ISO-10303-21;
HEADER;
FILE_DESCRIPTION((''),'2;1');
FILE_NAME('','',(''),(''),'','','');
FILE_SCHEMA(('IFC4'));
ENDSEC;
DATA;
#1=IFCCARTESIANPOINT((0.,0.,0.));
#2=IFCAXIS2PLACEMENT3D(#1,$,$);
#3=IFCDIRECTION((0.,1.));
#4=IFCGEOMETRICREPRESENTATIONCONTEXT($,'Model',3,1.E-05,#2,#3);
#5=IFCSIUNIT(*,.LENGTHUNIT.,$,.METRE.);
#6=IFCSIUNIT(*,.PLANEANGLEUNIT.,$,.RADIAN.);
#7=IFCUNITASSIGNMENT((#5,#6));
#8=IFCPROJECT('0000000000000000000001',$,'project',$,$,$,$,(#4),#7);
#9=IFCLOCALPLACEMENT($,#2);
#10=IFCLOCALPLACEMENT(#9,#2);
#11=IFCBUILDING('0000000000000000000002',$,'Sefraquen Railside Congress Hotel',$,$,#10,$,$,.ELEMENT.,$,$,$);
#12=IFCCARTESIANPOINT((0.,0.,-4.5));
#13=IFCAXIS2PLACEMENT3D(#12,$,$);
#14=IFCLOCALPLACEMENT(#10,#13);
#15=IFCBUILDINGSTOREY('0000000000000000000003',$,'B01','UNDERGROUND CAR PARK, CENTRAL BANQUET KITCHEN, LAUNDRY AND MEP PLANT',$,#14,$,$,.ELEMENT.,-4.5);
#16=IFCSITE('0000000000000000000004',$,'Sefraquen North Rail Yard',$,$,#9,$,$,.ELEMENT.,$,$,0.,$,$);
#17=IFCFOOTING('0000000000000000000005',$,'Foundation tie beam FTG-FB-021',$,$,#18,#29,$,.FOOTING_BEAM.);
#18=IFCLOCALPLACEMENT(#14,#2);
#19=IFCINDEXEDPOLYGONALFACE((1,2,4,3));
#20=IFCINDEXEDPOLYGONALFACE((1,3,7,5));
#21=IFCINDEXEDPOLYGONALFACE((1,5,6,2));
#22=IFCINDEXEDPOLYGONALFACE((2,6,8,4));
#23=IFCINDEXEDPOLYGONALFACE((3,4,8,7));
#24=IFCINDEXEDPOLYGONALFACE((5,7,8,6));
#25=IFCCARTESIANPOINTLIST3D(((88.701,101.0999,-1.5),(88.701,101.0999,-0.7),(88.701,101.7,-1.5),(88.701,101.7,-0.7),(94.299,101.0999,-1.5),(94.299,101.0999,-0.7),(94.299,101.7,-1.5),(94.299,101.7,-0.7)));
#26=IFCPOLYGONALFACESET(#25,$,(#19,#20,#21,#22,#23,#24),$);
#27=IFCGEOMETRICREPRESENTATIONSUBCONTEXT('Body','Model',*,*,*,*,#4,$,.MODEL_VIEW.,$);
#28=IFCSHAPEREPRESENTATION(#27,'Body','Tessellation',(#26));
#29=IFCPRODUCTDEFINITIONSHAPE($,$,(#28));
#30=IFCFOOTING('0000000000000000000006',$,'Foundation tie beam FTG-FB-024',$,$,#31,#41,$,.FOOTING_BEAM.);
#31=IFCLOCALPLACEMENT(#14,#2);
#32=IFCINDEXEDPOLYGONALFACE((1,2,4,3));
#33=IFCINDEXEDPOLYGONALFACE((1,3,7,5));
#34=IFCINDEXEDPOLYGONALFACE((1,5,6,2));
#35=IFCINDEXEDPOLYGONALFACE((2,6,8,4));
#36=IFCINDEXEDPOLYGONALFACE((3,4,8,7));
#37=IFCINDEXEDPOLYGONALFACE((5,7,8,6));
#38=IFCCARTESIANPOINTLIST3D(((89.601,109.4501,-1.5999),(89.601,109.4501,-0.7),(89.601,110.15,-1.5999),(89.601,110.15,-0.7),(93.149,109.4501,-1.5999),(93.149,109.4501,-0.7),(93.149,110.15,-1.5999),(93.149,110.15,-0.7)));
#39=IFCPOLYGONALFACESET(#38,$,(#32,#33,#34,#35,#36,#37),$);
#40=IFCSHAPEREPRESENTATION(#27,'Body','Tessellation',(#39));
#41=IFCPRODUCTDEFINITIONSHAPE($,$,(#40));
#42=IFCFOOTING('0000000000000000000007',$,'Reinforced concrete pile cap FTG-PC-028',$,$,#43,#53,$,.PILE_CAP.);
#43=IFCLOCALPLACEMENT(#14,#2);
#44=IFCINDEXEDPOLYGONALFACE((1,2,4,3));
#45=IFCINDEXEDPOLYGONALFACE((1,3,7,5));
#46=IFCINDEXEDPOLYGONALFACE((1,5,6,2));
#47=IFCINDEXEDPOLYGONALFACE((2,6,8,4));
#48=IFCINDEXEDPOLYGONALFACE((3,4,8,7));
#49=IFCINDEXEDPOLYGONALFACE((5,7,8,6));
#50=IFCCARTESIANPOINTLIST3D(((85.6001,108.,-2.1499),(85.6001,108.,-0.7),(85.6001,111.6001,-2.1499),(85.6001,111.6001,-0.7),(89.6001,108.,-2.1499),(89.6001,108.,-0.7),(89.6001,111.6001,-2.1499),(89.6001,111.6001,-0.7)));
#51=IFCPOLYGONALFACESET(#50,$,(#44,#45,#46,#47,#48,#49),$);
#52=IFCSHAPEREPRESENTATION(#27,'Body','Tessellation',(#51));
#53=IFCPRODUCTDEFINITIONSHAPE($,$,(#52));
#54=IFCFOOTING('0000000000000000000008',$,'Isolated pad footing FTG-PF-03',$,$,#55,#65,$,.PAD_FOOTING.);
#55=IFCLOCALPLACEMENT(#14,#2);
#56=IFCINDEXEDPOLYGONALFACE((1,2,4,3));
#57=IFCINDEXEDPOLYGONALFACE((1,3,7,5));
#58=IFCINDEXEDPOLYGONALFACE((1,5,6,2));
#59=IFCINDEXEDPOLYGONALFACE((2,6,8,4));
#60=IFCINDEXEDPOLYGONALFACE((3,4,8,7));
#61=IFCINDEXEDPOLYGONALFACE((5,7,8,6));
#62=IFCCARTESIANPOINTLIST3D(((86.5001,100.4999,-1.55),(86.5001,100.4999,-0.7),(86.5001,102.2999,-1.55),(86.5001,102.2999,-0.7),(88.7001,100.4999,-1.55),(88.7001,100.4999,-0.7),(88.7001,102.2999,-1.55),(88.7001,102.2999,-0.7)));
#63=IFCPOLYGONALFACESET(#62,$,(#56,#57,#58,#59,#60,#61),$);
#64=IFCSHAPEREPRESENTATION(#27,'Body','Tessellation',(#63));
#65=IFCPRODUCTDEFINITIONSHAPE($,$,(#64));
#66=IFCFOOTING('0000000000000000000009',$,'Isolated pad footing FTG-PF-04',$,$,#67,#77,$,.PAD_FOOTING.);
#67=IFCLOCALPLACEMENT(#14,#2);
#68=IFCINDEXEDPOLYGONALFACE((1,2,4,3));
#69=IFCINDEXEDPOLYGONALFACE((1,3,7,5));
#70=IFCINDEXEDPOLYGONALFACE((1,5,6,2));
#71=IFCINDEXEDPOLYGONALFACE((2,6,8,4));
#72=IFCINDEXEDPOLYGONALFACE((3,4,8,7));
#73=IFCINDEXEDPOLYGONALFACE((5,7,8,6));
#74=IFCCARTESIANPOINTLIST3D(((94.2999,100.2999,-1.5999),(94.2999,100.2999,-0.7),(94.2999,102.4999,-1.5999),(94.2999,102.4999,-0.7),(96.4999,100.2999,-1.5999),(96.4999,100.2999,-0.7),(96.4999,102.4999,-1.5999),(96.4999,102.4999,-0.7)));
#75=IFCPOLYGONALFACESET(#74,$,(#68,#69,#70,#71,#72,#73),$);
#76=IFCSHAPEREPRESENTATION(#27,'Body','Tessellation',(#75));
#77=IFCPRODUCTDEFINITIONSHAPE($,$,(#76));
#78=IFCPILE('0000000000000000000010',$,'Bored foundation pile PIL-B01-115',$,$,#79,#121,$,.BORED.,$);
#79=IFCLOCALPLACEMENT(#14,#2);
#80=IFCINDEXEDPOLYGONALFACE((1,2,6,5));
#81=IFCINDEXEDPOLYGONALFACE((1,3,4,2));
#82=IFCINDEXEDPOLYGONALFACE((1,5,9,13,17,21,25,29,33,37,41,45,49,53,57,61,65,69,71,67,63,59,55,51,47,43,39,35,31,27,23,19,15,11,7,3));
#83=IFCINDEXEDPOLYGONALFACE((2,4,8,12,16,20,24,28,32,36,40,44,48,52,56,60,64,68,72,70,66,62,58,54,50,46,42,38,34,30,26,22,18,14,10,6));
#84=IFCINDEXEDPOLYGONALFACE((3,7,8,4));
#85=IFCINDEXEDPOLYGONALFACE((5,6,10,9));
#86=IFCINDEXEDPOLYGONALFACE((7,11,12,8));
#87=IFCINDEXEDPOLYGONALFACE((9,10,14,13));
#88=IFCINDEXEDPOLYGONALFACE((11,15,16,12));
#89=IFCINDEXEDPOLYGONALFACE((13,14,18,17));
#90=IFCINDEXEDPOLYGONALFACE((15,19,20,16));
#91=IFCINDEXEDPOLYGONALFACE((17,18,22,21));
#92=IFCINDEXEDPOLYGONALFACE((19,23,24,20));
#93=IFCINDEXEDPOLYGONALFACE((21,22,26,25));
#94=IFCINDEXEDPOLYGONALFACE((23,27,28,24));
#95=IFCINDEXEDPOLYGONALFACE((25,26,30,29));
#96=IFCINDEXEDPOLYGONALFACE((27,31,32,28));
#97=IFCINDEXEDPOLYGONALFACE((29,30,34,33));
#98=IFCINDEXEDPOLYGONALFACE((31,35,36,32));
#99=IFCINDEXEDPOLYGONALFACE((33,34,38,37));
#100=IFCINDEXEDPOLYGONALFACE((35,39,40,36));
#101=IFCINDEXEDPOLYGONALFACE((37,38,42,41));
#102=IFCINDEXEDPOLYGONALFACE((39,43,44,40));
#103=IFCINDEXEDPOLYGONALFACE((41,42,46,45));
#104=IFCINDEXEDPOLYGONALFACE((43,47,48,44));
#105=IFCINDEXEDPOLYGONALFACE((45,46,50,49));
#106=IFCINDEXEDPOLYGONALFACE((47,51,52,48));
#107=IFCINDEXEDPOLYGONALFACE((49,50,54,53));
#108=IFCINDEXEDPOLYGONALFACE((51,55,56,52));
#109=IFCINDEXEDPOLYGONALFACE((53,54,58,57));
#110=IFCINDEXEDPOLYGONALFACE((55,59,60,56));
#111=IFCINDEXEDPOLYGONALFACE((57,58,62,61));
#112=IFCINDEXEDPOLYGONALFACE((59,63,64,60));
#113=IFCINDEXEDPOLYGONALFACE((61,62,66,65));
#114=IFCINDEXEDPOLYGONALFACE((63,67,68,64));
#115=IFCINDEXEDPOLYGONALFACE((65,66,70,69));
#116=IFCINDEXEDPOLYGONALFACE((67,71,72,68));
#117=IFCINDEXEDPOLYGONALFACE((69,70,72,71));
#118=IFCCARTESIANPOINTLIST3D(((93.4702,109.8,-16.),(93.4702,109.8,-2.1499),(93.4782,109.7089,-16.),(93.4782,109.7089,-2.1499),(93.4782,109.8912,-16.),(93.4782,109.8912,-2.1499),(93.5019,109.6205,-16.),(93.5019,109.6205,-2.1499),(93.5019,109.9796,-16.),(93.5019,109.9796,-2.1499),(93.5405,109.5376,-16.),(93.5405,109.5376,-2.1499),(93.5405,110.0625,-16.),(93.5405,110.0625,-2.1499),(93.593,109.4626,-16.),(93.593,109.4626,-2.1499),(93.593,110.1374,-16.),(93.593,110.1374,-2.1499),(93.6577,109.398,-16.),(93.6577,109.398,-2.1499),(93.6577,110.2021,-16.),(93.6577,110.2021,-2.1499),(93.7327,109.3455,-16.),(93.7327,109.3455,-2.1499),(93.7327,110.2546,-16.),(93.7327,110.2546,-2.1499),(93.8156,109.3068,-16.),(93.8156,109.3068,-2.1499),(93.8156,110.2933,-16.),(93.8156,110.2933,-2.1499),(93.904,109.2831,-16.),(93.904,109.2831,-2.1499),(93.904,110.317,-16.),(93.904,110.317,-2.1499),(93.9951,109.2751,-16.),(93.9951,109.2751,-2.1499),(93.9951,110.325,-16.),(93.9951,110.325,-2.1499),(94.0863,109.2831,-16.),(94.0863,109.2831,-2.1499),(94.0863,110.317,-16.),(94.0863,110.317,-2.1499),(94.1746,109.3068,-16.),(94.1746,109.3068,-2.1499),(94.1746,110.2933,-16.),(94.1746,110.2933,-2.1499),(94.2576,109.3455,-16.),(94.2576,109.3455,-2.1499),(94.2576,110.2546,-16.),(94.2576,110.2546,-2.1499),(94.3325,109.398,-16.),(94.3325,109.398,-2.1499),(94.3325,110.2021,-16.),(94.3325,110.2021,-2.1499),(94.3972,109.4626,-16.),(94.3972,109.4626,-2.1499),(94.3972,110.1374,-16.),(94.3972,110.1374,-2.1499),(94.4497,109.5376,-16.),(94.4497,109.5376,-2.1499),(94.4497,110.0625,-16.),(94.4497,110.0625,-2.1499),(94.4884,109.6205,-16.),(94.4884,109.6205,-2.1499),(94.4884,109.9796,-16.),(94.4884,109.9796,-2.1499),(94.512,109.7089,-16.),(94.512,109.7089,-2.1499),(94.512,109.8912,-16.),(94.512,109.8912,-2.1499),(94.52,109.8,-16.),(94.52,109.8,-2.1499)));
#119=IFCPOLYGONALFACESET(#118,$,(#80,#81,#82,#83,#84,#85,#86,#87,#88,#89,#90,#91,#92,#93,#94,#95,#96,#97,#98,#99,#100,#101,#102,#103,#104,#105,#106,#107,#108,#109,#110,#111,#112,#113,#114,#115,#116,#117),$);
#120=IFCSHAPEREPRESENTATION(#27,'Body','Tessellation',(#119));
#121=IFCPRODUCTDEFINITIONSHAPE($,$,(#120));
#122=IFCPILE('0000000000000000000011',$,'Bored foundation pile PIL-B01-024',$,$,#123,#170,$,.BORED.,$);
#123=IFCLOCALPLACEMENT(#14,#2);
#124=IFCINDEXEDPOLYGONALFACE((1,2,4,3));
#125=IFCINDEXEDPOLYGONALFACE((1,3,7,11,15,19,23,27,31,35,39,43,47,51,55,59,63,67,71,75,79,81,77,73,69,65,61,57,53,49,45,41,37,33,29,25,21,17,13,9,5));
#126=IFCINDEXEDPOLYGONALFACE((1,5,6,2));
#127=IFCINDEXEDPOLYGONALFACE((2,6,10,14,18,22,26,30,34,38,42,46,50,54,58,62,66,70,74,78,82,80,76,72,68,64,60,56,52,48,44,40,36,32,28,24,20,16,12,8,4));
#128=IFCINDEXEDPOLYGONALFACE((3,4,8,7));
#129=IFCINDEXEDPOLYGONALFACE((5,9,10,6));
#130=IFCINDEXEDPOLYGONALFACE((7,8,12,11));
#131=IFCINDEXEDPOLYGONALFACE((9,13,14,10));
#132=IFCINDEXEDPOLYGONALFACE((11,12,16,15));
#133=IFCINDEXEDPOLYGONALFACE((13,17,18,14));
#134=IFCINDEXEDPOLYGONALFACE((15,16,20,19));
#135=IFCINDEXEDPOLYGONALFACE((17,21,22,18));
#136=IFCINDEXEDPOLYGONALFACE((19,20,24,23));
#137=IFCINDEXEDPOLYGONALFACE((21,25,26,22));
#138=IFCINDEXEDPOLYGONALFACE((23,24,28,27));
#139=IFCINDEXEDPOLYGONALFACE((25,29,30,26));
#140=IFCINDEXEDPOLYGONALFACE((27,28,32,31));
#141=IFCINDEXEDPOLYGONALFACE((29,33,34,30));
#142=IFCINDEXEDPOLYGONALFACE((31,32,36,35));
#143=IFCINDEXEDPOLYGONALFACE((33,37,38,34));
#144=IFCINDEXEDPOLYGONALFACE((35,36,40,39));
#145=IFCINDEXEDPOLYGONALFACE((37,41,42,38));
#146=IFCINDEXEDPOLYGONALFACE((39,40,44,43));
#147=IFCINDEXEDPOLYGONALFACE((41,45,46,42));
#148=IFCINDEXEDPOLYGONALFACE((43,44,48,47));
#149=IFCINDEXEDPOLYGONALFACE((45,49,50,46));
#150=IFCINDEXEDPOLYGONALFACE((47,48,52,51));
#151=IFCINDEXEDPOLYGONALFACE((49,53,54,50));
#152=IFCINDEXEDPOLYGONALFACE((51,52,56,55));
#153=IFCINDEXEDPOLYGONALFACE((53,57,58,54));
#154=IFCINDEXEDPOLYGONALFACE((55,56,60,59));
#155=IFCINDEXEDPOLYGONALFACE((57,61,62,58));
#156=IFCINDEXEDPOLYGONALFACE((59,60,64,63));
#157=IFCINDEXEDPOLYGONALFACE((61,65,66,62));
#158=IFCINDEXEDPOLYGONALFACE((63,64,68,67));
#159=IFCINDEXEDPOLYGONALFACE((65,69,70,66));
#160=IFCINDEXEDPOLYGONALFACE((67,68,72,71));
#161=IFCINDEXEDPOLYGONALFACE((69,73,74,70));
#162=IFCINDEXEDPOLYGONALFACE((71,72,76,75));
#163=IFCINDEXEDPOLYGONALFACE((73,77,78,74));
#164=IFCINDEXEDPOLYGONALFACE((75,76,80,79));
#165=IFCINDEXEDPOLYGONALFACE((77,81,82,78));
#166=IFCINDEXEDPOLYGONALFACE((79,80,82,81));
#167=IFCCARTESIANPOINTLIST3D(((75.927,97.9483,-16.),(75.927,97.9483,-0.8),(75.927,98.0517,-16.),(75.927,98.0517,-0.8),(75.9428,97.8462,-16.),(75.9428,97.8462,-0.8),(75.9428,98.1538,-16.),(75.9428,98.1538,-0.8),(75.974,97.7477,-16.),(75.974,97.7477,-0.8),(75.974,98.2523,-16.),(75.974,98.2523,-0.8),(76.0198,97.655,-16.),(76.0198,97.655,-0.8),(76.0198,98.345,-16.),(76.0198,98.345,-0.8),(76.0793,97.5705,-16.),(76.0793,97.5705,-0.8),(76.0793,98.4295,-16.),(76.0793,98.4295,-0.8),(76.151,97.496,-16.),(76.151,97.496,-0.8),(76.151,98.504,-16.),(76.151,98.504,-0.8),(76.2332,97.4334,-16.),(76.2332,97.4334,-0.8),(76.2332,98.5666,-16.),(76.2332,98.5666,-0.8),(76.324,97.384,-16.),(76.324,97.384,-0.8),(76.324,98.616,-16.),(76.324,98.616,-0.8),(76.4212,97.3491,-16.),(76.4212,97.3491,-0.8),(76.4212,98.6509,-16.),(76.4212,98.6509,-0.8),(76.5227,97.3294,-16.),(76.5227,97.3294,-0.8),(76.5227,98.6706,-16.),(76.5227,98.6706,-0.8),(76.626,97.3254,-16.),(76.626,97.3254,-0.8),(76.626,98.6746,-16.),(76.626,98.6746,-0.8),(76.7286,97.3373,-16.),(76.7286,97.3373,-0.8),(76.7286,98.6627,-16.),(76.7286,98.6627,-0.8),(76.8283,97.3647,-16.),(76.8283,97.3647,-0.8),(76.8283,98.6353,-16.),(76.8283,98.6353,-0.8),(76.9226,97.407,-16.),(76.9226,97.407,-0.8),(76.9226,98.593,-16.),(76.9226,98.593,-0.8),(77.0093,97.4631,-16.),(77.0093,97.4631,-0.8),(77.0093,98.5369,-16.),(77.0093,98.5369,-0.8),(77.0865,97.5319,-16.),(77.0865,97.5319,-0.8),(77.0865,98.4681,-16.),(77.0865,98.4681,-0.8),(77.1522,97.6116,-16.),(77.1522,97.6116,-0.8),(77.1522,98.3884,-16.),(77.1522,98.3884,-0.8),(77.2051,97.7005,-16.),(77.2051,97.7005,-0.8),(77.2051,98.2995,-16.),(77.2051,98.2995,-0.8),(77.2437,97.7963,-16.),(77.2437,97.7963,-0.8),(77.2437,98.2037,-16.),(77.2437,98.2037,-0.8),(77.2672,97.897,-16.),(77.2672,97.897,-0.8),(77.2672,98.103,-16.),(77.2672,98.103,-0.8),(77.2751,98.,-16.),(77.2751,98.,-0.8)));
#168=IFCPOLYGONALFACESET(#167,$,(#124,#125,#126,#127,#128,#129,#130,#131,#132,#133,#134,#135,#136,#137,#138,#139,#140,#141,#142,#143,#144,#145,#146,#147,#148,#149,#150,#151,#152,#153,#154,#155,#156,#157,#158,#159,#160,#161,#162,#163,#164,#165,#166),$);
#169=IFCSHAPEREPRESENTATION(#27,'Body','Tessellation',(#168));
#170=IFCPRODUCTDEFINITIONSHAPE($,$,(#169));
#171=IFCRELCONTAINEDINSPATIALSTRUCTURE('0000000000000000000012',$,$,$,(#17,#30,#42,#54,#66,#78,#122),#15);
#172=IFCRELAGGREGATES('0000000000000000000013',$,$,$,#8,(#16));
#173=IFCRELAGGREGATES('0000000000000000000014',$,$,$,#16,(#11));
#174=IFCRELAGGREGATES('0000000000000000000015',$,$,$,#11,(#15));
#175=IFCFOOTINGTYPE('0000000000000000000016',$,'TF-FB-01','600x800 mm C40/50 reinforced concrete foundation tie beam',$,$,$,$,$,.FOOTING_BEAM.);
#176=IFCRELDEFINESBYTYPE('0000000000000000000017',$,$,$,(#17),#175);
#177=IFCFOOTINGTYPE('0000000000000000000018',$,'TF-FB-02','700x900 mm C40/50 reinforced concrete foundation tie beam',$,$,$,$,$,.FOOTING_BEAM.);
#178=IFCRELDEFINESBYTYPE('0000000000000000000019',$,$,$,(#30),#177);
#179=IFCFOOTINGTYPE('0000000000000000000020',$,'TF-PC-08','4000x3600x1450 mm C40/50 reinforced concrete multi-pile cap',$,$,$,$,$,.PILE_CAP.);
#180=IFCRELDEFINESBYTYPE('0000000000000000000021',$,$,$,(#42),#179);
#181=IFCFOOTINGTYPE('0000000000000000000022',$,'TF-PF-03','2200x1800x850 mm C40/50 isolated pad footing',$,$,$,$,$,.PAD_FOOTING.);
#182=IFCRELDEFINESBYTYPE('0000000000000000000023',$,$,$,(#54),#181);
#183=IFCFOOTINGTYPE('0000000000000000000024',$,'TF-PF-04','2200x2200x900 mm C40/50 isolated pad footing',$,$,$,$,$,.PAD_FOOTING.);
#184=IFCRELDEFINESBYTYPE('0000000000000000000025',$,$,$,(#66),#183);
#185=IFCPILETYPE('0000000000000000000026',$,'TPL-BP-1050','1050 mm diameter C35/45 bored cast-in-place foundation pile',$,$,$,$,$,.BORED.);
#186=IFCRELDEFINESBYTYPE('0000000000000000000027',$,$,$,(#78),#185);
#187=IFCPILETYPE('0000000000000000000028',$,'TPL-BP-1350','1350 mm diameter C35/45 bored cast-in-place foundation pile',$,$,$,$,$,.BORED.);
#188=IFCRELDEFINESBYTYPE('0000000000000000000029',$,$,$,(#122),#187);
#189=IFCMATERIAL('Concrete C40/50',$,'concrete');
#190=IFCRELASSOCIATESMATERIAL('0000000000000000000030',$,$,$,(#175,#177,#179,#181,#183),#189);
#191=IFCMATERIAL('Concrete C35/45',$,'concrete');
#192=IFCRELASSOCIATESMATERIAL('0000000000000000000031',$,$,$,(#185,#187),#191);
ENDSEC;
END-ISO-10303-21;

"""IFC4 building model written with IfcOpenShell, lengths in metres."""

from ifc_helpers import new_model, si_unit, direction, frame, origin, origin_2d, place, context, subcontext, project, spatial, rectangle, circle, extrude, material, material_profile, profile_set, type_object, element, save


model = new_model("IFC4")

# Units and contexts
model_context = context("Model", 3, precision=1e-05, world=origin(), true_north=direction((0.0, 1.0)))
body_context = subcontext(model_context, "Body", "Model", "MODEL_VIEW")
ifc_project = project(units=[si_unit("LENGTHUNIT", "METRE"), si_unit("PLANEANGLEUNIT", "RADIAN")], contexts=[model_context])

# Site, building, storey
site_placement = place(None, origin())
site = spatial("IfcSite", under=ifc_project, at=site_placement, Name="Sefraquen North Rail Yard", CompositionType="ELEMENT", RefElevation=0.0)
building_placement = place(site_placement, origin())
building = spatial("IfcBuilding", under=site, at=building_placement, Name="Sefraquen Railside Congress Hotel", CompositionType="ELEMENT")
storey_placement = place(building_placement, frame((0.0, 0.0, -4.5)))
storey = spatial("IfcBuildingStorey", under=building, at=storey_placement, Name="B01", Description="UNDERGROUND CAR PARK, CENTRAL BANQUET KITCHEN, LAUNDRY AND MEP PLANT", CompositionType="ELEMENT", Elevation=-4.5)

# Footings
ifc_material_1 = material(Name="Concrete C40/50", Category="concrete")
footing_type_1 = type_object("IfcFootingType", Name="TF-FB-01", Description="600x800 mm C40/50 reinforced concrete foundation tie beam", PredefinedType="FOOTING_BEAM", material=ifc_material_1)
footing_1_placement = place(storey_placement, frame((91.5, 101.3999, -1.5), z_axis=(0.0, 0.0, 1.0), x_axis=(1.0, 0.0, 0.0)))
element("IfcFooting", 1, at=footing_1_placement, inside=storey, type_object=footing_type_1, Name="Foundation tie beam FTG-FB-021", PredefinedType="FOOTING_BEAM", context=body_context, shape_type="SweptSolid", body=[
    extrude(rectangle(XDim=5.5979, YDim=0.6001, at=origin_2d()), origin(), (0.0, 0.0, 1.0), 0.8),
])
footing_type_2 = type_object("IfcFootingType", Name="TF-FB-02", Description="700x900 mm C40/50 reinforced concrete foundation tie beam", PredefinedType="FOOTING_BEAM", material=ifc_material_1)
footing_2_placement = place(storey_placement, frame((91.375, 109.8, -1.5999), z_axis=(0.0, 0.0, 1.0), x_axis=(1.0, 0.0, 0.0)))
element("IfcFooting", 2, at=footing_2_placement, inside=storey, type_object=footing_type_2, Name="Foundation tie beam FTG-FB-024", PredefinedType="FOOTING_BEAM", context=body_context, shape_type="SweptSolid", body=[
    extrude(rectangle(XDim=3.5481, YDim=0.7, at=origin_2d()), origin(), (0.0, 0.0, 1.0), 0.8999),
])
footing_type_3 = type_object("IfcFootingType", Name="TF-PC-08", Description="4000x3600x1450 mm C40/50 reinforced concrete multi-pile cap", PredefinedType="PILE_CAP", material=ifc_material_1)
footing_3_placement = place(storey_placement, frame((87.6001, 109.8, -2.1499), z_axis=(0.0, 0.0, 1.0), x_axis=(1.0, 0.0, 0.0)))
element("IfcFooting", 3, at=footing_3_placement, inside=storey, type_object=footing_type_3, Name="Reinforced concrete pile cap FTG-PC-028", PredefinedType="PILE_CAP", context=body_context, shape_type="SweptSolid", body=[
    extrude(rectangle(XDim=4.0, YDim=3.6001, at=origin_2d()), origin(), (0.0, 0.0, 1.0), 1.45),
])
footing_type_4 = type_object("IfcFootingType", Name="TF-PF-03", Description="2200x1800x850 mm C40/50 isolated pad footing", PredefinedType="PAD_FOOTING", material=ifc_material_1)
footing_4_placement = place(storey_placement, frame((87.6001, 101.3999, -1.55), z_axis=(0.0, 0.0, 1.0), x_axis=(1.0, 0.0, 0.0)))
element("IfcFooting", 4, at=footing_4_placement, inside=storey, type_object=footing_type_4, Name="Isolated pad footing FTG-PF-03", PredefinedType="PAD_FOOTING", context=body_context, shape_type="SweptSolid", body=[
    extrude(rectangle(XDim=2.2, YDim=1.8, at=origin_2d()), origin(), (0.0, 0.0, 1.0), 0.8501),
])
footing_type_5 = type_object("IfcFootingType", Name="TF-PF-04", Description="2200x2200x900 mm C40/50 isolated pad footing", PredefinedType="PAD_FOOTING", material=ifc_material_1)
footing_5_placement = place(storey_placement, frame((95.3999, 101.3999, -1.5999), z_axis=(0.0, 0.0, 1.0), x_axis=(1.0, 0.0, 0.0)))
element("IfcFooting", 5, at=footing_5_placement, inside=storey, type_object=footing_type_5, Name="Isolated pad footing FTG-PF-04", PredefinedType="PAD_FOOTING", context=body_context, shape_type="SweptSolid", body=[
    extrude(rectangle(XDim=2.2, YDim=2.2, at=origin_2d()), origin(), (0.0, 0.0, 1.0), 0.8999),
])

# Piles
ifc_material_2 = material(Name="Concrete C35/45", Category="concrete")
ifc_material_profile_1 = material_profile(ifc_material_2, circle(Radius=0.5249, at=origin_2d()), Name="BORED PILE 1050")
ifc_profile_set_1 = profile_set([ifc_material_profile_1], Name="Concrete C35/45")
pile_type_1 = type_object("IfcPileType", Name="TPL-BP-1050", Description="1050 mm diameter C35/45 bored cast-in-place foundation pile", PredefinedType="BORED", material=ifc_profile_set_1)
pile_placement = place(storey_placement, frame((93.9951, 109.8, -2.1499), z_axis=(0.0, 0.0, -1.0), x_axis=(1.0, 0.0, 0.0)))
element("IfcPile", 6, at=pile_placement, inside=storey, type_object=pile_type_1, Name="Bored foundation pile PIL-B01-115", PredefinedType="BORED", context=body_context, shape_type="SweptSolid", body=[
    extrude(circle(Radius=0.5249, at=origin_2d()), origin(), (0.0, 0.0, 1.0), 13.8501),
])
ifc_material_profile_2 = material_profile(ifc_material_2, circle(Radius=0.675, at=origin_2d()), Name="BORED PILE 1350")
ifc_profile_set_2 = profile_set([ifc_material_profile_2], Name="Concrete C35/45")
pile_type_2 = type_object("IfcPileType", Name="TPL-BP-1350", Description="1350 mm diameter C35/45 bored cast-in-place foundation pile", PredefinedType="BORED", material=ifc_profile_set_2)
for number, where, z_axis, x_axis, name in (
    (7, (76.6001, 98.0, -0.8), (0.0, 0.0, -1.0), (1.0, 0.0, 0.0), "Bored foundation pile PIL-B01-024"),
):
    element("IfcPile", number, at=place(storey_placement, frame(where, z_axis=z_axis, x_axis=x_axis)), inside=storey, type_object=pile_type_2, Name=name, PredefinedType="BORED", context=body_context, shape_type="SweptSolid", body=[
        extrude(circle(Radius=0.675, at=origin_2d()), origin(), (0.0, 0.0, 1.0), 15.2),
    ])

save(model, "model.ifc")
